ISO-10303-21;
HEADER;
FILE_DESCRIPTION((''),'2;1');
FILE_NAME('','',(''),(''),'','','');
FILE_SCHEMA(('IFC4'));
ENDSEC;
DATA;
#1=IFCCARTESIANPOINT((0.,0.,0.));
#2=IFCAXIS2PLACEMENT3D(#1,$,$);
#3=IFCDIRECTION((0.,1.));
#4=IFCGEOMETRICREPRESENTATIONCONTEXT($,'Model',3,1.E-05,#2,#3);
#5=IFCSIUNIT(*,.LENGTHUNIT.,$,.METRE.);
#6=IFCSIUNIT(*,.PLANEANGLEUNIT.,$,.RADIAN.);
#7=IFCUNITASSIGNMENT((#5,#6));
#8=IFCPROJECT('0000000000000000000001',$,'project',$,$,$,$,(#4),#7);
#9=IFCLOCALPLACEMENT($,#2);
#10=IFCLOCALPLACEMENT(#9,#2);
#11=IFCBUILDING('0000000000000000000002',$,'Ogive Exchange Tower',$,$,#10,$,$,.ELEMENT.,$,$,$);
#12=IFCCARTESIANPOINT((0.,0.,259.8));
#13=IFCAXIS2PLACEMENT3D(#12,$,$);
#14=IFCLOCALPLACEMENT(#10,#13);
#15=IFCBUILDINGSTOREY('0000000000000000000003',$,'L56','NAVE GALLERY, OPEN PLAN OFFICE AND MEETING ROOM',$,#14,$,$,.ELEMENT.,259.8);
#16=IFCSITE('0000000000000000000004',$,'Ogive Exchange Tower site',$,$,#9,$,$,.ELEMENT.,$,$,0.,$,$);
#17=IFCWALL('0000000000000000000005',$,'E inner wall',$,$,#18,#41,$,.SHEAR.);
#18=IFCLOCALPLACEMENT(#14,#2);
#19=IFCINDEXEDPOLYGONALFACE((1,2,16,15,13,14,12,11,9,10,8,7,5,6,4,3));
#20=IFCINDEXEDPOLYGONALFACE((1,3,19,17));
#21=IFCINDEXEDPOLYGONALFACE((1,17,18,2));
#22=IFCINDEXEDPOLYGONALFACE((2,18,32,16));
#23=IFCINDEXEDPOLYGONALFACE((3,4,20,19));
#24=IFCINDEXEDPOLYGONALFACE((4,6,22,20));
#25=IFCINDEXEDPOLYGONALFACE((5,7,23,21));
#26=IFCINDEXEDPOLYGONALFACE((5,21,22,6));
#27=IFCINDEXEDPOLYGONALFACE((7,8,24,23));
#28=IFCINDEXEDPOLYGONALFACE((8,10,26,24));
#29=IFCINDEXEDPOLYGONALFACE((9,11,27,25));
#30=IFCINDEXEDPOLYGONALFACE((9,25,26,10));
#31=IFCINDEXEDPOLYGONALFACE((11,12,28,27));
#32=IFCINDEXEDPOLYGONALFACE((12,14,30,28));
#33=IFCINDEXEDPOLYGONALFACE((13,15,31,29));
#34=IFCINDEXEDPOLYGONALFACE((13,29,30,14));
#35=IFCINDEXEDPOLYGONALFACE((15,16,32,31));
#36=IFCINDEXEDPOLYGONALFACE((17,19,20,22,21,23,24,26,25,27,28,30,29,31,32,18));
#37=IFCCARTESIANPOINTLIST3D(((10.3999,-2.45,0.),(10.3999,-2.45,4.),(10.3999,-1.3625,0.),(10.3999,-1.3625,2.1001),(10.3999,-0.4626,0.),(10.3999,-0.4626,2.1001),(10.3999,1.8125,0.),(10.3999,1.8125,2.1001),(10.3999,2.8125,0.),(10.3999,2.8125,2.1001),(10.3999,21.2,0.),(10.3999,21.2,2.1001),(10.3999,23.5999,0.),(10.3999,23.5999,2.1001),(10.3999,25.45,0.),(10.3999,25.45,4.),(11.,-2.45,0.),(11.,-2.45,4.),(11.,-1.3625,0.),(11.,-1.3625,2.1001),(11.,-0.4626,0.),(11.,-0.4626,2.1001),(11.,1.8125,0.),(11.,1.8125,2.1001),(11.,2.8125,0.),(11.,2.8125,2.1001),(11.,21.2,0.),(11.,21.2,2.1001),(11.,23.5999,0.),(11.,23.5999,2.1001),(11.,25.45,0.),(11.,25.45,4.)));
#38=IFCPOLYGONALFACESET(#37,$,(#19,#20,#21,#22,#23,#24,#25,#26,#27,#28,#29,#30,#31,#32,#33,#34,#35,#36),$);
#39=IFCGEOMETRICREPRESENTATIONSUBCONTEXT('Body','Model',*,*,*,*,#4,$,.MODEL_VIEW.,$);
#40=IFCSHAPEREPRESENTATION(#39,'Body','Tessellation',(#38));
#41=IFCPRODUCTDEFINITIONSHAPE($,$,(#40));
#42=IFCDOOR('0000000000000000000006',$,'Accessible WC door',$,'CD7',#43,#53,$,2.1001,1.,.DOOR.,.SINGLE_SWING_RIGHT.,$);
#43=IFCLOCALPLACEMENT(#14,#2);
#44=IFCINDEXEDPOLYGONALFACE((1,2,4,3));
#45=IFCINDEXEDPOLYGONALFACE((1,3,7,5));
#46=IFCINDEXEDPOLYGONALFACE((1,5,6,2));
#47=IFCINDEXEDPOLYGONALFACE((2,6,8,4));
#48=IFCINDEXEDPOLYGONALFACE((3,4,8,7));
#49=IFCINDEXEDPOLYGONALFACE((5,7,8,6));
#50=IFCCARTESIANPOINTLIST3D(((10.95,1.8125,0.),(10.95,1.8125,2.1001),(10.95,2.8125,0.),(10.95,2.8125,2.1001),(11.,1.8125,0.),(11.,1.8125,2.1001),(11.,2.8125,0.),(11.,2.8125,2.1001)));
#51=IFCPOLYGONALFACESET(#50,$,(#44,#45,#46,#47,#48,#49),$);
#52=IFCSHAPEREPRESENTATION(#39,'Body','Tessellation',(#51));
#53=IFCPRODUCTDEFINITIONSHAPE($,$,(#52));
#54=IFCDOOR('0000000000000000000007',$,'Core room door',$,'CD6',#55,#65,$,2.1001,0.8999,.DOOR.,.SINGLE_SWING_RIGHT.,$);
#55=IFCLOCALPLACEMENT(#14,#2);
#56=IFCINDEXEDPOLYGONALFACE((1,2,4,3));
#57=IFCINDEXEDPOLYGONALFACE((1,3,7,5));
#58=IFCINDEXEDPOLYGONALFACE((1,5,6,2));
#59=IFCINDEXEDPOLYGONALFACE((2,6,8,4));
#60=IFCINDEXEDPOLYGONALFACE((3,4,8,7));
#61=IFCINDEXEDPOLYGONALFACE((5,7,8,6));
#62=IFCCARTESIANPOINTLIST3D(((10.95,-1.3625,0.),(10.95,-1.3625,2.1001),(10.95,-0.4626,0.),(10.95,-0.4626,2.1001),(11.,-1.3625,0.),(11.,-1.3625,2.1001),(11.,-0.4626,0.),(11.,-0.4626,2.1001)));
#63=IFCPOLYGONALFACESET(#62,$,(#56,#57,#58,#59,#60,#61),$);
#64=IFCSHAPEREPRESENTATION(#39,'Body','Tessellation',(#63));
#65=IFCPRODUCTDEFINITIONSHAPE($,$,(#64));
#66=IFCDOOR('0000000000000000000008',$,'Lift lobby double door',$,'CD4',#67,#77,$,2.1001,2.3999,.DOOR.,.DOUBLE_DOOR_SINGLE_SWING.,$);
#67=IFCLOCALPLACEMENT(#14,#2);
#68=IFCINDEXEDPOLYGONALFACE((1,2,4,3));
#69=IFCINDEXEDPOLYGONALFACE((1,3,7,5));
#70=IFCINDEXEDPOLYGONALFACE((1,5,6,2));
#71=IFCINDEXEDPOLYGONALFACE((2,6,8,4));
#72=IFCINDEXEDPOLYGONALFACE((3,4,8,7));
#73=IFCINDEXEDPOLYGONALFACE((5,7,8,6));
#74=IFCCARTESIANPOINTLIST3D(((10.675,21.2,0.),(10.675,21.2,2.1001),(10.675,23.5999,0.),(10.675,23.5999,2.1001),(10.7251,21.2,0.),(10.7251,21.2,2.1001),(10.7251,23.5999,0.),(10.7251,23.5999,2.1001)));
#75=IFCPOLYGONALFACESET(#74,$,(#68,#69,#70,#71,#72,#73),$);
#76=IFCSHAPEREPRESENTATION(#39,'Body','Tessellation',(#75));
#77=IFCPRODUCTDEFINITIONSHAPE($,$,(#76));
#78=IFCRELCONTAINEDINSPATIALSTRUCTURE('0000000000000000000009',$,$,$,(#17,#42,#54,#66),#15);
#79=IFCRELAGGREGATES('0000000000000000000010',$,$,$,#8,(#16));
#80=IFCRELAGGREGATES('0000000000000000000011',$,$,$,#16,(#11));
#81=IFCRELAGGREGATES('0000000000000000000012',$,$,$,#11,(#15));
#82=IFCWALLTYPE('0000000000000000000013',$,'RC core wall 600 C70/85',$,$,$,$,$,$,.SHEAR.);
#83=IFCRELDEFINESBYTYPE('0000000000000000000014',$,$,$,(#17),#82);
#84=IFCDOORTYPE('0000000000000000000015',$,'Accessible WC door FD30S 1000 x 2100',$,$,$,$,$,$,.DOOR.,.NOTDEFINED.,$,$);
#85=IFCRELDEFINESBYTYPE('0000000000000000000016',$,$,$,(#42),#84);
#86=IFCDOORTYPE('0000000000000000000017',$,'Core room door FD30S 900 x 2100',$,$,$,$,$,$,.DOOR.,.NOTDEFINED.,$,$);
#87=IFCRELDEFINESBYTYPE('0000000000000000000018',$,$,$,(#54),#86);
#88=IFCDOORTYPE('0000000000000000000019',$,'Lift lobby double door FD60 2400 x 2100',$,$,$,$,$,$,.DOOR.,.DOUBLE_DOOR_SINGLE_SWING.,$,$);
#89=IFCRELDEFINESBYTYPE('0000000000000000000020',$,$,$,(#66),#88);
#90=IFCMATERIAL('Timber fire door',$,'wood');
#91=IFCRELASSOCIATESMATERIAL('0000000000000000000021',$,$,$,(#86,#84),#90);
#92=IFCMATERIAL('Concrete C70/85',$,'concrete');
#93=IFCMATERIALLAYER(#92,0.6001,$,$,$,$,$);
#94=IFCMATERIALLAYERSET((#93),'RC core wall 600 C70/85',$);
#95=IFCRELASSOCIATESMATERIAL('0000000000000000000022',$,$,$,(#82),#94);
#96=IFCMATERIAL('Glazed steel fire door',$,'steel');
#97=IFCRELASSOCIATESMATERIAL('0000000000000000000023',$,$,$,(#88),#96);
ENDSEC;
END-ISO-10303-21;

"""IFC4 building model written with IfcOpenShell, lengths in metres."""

from ifc_helpers import new_model, si_unit, direction, frame, frame_2d, origin, place, context, subcontext, project, spatial, rectangle, extrude, material, layer, layer_set, type_object, element, fill, save


model = new_model("IFC4")

# Units and contexts
model_context = context("Model", 3, precision=1e-05, world=origin(), true_north=direction((0.0, 1.0)))
body_context = subcontext(model_context, "Body", "Model", "MODEL_VIEW")
ifc_project = project(units=[si_unit("LENGTHUNIT", "METRE"), si_unit("PLANEANGLEUNIT", "RADIAN")], contexts=[model_context])

# Site, building, storey
site_placement = place(None, origin())
site = spatial("IfcSite", under=ifc_project, at=site_placement, Name="Ogive Exchange Tower site", CompositionType="ELEMENT", RefElevation=0.0)
building_placement = place(site_placement, origin())
building = spatial("IfcBuilding", under=site, at=building_placement, Name="Ogive Exchange Tower", CompositionType="ELEMENT")
storey_placement = place(building_placement, frame((0.0, 0.0, 259.8)))
storey = spatial("IfcBuildingStorey", under=building, at=storey_placement, Name="L56", Description="NAVE GALLERY, OPEN PLAN OFFICE AND MEETING ROOM", CompositionType="ELEMENT", Elevation=259.8)

# Shared definitions
ifc_material_1 = material(Name="Concrete C70/85", Category="concrete")
ifc_material_2 = material(Name="Timber fire door", Category="wood")
door_type_1 = type_object("IfcDoorType", Name="Core room door FD30S 900 x 2100", OperationType="NOTDEFINED", PredefinedType="DOOR", material=ifc_material_2)

# Wall, openings, doors
ifc_layer_1 = layer(ifc_material_1, 0.6001)
ifc_layer_set_1 = layer_set([ifc_layer_1], Name="RC core wall 600 C70/85")
wall_type_1 = type_object("IfcWallType", Name="RC core wall 600 C70/85", PredefinedType="SHEAR", material=ifc_layer_set_1)
wall_1_placement = place(storey_placement, frame((10.7, -2.45, 0.0), z_axis=(0.0, 0.0, 1.0), x_axis=(0.0, 1.0, 0.0)))
wall_1 = element("IfcWall", 1, at=wall_1_placement, inside=storey, type_object=wall_type_1, Name="E inner wall", PredefinedType="SHEAR", context=body_context, shape_type="SweptSolid", body=[
    extrude(rectangle(XDim=27.8999, YDim=0.6001, at=frame_2d((13.95, 0.0))), origin(), (0.0, 0.0, 1.0), 4.0),
])
opening_1_placement = place(wall_1_placement, frame((23.6499, 0.0, 0.0)))
opening_1 = element("IfcOpeningElement", 2, at=opening_1_placement, cuts=wall_1, PredefinedType="OPENING", context=body_context, shape_type="SweptSolid", body=[
    extrude(rectangle(XDim=2.3999, YDim=2.1001, at=frame_2d((1.2, 1.05))), frame((0.0, 0.3101, 0.0), z_axis=(0.0, -1.0, 0.0), x_axis=(1.0, 0.0, 0.0)), (0.0, 0.0, 1.0), 0.6201),
])
opening_2_placement = place(wall_1_placement, frame((1.0874, 0.0, 0.0)))
opening_2 = element("IfcOpeningElement", 3, at=opening_2_placement, cuts=wall_1, PredefinedType="OPENING", context=body_context, shape_type="SweptSolid", body=[
    extrude(rectangle(XDim=0.8999, YDim=2.1001, at=frame_2d((0.45, 1.05))), frame((0.0, 0.3101, 0.0), z_axis=(0.0, -1.0, 0.0), x_axis=(1.0, 0.0, 0.0)), (0.0, 0.0, 1.0), 0.6201),
])
opening_3_placement = place(wall_1_placement, frame((4.2625, 0.0, 0.0)))
opening_3 = element("IfcOpeningElement", 4, at=opening_3_placement, cuts=wall_1, PredefinedType="OPENING", context=body_context, shape_type="SweptSolid", body=[
    extrude(rectangle(XDim=1.0, YDim=2.1001, at=frame_2d((0.5, 1.05))), frame((0.0, 0.3101, 0.0), z_axis=(0.0, -1.0, 0.0), x_axis=(1.0, 0.0, 0.0)), (0.0, 0.0, 1.0), 0.6201),
])
door_type_2 = type_object("IfcDoorType", Name="Accessible WC door FD30S 1000 x 2100", OperationType="NOTDEFINED", PredefinedType="DOOR", material=ifc_material_2)
door_1_placement = place(opening_3_placement, origin())
door_1 = element("IfcDoor", 5, at=door_1_placement, inside=storey, type_object=door_type_2, Name="Accessible WC door", ObjectType="CD7", OperationType="SINGLE_SWING_RIGHT", OverallHeight=2.1001, OverallWidth=1.0, PredefinedType="DOOR", context=body_context, shape_type="SweptSolid", body=[
    extrude(rectangle(XDim=1.0, YDim=2.1001, at=frame_2d((0.5, 1.05))), frame((0.0, -0.25, 0.0), z_axis=(0.0, -1.0, 0.0), x_axis=(1.0, 0.0, 0.0)), (0.0, 0.0, 1.0), 0.05),
])
fill(opening_3, door_1)
door_2_placement = place(opening_2_placement, origin())
door_2 = element("IfcDoor", 6, at=door_2_placement, inside=storey, type_object=door_type_1, Name="Core room door", ObjectType="CD6", OperationType="SINGLE_SWING_RIGHT", OverallHeight=2.1001, OverallWidth=0.8999, PredefinedType="DOOR", context=body_context, shape_type="SweptSolid", body=[
    extrude(rectangle(XDim=0.8999, YDim=2.1001, at=frame_2d((0.45, 1.05))), frame((0.0, -0.25, 0.0), z_axis=(0.0, -1.0, 0.0), x_axis=(1.0, 0.0, 0.0)), (0.0, 0.0, 1.0), 0.05),
])
fill(opening_2, door_2)
ifc_material_3 = material(Name="Glazed steel fire door", Category="steel")
door_type_3 = type_object("IfcDoorType", Name="Lift lobby double door FD60 2400 x 2100", OperationType="DOUBLE_DOOR_SINGLE_SWING", PredefinedType="DOOR", material=ifc_material_3)
door_3_placement = place(opening_1_placement, origin())
door_3 = element("IfcDoor", 7, at=door_3_placement, inside=storey, type_object=door_type_3, Name="Lift lobby double door", ObjectType="CD4", OperationType="DOUBLE_DOOR_SINGLE_SWING", OverallHeight=2.1001, OverallWidth=2.3999, PredefinedType="DOOR", context=body_context, shape_type="SweptSolid", body=[
    extrude(rectangle(XDim=2.3999, YDim=2.1001, at=frame_2d((1.2, 1.05))), frame((0.0, 0.0249, 0.0), z_axis=(0.0, -1.0, 0.0), x_axis=(1.0, 0.0, 0.0)), (0.0, 0.0, 1.0), 0.05),
])
fill(opening_1, door_3)

save(model, "model.ifc")
